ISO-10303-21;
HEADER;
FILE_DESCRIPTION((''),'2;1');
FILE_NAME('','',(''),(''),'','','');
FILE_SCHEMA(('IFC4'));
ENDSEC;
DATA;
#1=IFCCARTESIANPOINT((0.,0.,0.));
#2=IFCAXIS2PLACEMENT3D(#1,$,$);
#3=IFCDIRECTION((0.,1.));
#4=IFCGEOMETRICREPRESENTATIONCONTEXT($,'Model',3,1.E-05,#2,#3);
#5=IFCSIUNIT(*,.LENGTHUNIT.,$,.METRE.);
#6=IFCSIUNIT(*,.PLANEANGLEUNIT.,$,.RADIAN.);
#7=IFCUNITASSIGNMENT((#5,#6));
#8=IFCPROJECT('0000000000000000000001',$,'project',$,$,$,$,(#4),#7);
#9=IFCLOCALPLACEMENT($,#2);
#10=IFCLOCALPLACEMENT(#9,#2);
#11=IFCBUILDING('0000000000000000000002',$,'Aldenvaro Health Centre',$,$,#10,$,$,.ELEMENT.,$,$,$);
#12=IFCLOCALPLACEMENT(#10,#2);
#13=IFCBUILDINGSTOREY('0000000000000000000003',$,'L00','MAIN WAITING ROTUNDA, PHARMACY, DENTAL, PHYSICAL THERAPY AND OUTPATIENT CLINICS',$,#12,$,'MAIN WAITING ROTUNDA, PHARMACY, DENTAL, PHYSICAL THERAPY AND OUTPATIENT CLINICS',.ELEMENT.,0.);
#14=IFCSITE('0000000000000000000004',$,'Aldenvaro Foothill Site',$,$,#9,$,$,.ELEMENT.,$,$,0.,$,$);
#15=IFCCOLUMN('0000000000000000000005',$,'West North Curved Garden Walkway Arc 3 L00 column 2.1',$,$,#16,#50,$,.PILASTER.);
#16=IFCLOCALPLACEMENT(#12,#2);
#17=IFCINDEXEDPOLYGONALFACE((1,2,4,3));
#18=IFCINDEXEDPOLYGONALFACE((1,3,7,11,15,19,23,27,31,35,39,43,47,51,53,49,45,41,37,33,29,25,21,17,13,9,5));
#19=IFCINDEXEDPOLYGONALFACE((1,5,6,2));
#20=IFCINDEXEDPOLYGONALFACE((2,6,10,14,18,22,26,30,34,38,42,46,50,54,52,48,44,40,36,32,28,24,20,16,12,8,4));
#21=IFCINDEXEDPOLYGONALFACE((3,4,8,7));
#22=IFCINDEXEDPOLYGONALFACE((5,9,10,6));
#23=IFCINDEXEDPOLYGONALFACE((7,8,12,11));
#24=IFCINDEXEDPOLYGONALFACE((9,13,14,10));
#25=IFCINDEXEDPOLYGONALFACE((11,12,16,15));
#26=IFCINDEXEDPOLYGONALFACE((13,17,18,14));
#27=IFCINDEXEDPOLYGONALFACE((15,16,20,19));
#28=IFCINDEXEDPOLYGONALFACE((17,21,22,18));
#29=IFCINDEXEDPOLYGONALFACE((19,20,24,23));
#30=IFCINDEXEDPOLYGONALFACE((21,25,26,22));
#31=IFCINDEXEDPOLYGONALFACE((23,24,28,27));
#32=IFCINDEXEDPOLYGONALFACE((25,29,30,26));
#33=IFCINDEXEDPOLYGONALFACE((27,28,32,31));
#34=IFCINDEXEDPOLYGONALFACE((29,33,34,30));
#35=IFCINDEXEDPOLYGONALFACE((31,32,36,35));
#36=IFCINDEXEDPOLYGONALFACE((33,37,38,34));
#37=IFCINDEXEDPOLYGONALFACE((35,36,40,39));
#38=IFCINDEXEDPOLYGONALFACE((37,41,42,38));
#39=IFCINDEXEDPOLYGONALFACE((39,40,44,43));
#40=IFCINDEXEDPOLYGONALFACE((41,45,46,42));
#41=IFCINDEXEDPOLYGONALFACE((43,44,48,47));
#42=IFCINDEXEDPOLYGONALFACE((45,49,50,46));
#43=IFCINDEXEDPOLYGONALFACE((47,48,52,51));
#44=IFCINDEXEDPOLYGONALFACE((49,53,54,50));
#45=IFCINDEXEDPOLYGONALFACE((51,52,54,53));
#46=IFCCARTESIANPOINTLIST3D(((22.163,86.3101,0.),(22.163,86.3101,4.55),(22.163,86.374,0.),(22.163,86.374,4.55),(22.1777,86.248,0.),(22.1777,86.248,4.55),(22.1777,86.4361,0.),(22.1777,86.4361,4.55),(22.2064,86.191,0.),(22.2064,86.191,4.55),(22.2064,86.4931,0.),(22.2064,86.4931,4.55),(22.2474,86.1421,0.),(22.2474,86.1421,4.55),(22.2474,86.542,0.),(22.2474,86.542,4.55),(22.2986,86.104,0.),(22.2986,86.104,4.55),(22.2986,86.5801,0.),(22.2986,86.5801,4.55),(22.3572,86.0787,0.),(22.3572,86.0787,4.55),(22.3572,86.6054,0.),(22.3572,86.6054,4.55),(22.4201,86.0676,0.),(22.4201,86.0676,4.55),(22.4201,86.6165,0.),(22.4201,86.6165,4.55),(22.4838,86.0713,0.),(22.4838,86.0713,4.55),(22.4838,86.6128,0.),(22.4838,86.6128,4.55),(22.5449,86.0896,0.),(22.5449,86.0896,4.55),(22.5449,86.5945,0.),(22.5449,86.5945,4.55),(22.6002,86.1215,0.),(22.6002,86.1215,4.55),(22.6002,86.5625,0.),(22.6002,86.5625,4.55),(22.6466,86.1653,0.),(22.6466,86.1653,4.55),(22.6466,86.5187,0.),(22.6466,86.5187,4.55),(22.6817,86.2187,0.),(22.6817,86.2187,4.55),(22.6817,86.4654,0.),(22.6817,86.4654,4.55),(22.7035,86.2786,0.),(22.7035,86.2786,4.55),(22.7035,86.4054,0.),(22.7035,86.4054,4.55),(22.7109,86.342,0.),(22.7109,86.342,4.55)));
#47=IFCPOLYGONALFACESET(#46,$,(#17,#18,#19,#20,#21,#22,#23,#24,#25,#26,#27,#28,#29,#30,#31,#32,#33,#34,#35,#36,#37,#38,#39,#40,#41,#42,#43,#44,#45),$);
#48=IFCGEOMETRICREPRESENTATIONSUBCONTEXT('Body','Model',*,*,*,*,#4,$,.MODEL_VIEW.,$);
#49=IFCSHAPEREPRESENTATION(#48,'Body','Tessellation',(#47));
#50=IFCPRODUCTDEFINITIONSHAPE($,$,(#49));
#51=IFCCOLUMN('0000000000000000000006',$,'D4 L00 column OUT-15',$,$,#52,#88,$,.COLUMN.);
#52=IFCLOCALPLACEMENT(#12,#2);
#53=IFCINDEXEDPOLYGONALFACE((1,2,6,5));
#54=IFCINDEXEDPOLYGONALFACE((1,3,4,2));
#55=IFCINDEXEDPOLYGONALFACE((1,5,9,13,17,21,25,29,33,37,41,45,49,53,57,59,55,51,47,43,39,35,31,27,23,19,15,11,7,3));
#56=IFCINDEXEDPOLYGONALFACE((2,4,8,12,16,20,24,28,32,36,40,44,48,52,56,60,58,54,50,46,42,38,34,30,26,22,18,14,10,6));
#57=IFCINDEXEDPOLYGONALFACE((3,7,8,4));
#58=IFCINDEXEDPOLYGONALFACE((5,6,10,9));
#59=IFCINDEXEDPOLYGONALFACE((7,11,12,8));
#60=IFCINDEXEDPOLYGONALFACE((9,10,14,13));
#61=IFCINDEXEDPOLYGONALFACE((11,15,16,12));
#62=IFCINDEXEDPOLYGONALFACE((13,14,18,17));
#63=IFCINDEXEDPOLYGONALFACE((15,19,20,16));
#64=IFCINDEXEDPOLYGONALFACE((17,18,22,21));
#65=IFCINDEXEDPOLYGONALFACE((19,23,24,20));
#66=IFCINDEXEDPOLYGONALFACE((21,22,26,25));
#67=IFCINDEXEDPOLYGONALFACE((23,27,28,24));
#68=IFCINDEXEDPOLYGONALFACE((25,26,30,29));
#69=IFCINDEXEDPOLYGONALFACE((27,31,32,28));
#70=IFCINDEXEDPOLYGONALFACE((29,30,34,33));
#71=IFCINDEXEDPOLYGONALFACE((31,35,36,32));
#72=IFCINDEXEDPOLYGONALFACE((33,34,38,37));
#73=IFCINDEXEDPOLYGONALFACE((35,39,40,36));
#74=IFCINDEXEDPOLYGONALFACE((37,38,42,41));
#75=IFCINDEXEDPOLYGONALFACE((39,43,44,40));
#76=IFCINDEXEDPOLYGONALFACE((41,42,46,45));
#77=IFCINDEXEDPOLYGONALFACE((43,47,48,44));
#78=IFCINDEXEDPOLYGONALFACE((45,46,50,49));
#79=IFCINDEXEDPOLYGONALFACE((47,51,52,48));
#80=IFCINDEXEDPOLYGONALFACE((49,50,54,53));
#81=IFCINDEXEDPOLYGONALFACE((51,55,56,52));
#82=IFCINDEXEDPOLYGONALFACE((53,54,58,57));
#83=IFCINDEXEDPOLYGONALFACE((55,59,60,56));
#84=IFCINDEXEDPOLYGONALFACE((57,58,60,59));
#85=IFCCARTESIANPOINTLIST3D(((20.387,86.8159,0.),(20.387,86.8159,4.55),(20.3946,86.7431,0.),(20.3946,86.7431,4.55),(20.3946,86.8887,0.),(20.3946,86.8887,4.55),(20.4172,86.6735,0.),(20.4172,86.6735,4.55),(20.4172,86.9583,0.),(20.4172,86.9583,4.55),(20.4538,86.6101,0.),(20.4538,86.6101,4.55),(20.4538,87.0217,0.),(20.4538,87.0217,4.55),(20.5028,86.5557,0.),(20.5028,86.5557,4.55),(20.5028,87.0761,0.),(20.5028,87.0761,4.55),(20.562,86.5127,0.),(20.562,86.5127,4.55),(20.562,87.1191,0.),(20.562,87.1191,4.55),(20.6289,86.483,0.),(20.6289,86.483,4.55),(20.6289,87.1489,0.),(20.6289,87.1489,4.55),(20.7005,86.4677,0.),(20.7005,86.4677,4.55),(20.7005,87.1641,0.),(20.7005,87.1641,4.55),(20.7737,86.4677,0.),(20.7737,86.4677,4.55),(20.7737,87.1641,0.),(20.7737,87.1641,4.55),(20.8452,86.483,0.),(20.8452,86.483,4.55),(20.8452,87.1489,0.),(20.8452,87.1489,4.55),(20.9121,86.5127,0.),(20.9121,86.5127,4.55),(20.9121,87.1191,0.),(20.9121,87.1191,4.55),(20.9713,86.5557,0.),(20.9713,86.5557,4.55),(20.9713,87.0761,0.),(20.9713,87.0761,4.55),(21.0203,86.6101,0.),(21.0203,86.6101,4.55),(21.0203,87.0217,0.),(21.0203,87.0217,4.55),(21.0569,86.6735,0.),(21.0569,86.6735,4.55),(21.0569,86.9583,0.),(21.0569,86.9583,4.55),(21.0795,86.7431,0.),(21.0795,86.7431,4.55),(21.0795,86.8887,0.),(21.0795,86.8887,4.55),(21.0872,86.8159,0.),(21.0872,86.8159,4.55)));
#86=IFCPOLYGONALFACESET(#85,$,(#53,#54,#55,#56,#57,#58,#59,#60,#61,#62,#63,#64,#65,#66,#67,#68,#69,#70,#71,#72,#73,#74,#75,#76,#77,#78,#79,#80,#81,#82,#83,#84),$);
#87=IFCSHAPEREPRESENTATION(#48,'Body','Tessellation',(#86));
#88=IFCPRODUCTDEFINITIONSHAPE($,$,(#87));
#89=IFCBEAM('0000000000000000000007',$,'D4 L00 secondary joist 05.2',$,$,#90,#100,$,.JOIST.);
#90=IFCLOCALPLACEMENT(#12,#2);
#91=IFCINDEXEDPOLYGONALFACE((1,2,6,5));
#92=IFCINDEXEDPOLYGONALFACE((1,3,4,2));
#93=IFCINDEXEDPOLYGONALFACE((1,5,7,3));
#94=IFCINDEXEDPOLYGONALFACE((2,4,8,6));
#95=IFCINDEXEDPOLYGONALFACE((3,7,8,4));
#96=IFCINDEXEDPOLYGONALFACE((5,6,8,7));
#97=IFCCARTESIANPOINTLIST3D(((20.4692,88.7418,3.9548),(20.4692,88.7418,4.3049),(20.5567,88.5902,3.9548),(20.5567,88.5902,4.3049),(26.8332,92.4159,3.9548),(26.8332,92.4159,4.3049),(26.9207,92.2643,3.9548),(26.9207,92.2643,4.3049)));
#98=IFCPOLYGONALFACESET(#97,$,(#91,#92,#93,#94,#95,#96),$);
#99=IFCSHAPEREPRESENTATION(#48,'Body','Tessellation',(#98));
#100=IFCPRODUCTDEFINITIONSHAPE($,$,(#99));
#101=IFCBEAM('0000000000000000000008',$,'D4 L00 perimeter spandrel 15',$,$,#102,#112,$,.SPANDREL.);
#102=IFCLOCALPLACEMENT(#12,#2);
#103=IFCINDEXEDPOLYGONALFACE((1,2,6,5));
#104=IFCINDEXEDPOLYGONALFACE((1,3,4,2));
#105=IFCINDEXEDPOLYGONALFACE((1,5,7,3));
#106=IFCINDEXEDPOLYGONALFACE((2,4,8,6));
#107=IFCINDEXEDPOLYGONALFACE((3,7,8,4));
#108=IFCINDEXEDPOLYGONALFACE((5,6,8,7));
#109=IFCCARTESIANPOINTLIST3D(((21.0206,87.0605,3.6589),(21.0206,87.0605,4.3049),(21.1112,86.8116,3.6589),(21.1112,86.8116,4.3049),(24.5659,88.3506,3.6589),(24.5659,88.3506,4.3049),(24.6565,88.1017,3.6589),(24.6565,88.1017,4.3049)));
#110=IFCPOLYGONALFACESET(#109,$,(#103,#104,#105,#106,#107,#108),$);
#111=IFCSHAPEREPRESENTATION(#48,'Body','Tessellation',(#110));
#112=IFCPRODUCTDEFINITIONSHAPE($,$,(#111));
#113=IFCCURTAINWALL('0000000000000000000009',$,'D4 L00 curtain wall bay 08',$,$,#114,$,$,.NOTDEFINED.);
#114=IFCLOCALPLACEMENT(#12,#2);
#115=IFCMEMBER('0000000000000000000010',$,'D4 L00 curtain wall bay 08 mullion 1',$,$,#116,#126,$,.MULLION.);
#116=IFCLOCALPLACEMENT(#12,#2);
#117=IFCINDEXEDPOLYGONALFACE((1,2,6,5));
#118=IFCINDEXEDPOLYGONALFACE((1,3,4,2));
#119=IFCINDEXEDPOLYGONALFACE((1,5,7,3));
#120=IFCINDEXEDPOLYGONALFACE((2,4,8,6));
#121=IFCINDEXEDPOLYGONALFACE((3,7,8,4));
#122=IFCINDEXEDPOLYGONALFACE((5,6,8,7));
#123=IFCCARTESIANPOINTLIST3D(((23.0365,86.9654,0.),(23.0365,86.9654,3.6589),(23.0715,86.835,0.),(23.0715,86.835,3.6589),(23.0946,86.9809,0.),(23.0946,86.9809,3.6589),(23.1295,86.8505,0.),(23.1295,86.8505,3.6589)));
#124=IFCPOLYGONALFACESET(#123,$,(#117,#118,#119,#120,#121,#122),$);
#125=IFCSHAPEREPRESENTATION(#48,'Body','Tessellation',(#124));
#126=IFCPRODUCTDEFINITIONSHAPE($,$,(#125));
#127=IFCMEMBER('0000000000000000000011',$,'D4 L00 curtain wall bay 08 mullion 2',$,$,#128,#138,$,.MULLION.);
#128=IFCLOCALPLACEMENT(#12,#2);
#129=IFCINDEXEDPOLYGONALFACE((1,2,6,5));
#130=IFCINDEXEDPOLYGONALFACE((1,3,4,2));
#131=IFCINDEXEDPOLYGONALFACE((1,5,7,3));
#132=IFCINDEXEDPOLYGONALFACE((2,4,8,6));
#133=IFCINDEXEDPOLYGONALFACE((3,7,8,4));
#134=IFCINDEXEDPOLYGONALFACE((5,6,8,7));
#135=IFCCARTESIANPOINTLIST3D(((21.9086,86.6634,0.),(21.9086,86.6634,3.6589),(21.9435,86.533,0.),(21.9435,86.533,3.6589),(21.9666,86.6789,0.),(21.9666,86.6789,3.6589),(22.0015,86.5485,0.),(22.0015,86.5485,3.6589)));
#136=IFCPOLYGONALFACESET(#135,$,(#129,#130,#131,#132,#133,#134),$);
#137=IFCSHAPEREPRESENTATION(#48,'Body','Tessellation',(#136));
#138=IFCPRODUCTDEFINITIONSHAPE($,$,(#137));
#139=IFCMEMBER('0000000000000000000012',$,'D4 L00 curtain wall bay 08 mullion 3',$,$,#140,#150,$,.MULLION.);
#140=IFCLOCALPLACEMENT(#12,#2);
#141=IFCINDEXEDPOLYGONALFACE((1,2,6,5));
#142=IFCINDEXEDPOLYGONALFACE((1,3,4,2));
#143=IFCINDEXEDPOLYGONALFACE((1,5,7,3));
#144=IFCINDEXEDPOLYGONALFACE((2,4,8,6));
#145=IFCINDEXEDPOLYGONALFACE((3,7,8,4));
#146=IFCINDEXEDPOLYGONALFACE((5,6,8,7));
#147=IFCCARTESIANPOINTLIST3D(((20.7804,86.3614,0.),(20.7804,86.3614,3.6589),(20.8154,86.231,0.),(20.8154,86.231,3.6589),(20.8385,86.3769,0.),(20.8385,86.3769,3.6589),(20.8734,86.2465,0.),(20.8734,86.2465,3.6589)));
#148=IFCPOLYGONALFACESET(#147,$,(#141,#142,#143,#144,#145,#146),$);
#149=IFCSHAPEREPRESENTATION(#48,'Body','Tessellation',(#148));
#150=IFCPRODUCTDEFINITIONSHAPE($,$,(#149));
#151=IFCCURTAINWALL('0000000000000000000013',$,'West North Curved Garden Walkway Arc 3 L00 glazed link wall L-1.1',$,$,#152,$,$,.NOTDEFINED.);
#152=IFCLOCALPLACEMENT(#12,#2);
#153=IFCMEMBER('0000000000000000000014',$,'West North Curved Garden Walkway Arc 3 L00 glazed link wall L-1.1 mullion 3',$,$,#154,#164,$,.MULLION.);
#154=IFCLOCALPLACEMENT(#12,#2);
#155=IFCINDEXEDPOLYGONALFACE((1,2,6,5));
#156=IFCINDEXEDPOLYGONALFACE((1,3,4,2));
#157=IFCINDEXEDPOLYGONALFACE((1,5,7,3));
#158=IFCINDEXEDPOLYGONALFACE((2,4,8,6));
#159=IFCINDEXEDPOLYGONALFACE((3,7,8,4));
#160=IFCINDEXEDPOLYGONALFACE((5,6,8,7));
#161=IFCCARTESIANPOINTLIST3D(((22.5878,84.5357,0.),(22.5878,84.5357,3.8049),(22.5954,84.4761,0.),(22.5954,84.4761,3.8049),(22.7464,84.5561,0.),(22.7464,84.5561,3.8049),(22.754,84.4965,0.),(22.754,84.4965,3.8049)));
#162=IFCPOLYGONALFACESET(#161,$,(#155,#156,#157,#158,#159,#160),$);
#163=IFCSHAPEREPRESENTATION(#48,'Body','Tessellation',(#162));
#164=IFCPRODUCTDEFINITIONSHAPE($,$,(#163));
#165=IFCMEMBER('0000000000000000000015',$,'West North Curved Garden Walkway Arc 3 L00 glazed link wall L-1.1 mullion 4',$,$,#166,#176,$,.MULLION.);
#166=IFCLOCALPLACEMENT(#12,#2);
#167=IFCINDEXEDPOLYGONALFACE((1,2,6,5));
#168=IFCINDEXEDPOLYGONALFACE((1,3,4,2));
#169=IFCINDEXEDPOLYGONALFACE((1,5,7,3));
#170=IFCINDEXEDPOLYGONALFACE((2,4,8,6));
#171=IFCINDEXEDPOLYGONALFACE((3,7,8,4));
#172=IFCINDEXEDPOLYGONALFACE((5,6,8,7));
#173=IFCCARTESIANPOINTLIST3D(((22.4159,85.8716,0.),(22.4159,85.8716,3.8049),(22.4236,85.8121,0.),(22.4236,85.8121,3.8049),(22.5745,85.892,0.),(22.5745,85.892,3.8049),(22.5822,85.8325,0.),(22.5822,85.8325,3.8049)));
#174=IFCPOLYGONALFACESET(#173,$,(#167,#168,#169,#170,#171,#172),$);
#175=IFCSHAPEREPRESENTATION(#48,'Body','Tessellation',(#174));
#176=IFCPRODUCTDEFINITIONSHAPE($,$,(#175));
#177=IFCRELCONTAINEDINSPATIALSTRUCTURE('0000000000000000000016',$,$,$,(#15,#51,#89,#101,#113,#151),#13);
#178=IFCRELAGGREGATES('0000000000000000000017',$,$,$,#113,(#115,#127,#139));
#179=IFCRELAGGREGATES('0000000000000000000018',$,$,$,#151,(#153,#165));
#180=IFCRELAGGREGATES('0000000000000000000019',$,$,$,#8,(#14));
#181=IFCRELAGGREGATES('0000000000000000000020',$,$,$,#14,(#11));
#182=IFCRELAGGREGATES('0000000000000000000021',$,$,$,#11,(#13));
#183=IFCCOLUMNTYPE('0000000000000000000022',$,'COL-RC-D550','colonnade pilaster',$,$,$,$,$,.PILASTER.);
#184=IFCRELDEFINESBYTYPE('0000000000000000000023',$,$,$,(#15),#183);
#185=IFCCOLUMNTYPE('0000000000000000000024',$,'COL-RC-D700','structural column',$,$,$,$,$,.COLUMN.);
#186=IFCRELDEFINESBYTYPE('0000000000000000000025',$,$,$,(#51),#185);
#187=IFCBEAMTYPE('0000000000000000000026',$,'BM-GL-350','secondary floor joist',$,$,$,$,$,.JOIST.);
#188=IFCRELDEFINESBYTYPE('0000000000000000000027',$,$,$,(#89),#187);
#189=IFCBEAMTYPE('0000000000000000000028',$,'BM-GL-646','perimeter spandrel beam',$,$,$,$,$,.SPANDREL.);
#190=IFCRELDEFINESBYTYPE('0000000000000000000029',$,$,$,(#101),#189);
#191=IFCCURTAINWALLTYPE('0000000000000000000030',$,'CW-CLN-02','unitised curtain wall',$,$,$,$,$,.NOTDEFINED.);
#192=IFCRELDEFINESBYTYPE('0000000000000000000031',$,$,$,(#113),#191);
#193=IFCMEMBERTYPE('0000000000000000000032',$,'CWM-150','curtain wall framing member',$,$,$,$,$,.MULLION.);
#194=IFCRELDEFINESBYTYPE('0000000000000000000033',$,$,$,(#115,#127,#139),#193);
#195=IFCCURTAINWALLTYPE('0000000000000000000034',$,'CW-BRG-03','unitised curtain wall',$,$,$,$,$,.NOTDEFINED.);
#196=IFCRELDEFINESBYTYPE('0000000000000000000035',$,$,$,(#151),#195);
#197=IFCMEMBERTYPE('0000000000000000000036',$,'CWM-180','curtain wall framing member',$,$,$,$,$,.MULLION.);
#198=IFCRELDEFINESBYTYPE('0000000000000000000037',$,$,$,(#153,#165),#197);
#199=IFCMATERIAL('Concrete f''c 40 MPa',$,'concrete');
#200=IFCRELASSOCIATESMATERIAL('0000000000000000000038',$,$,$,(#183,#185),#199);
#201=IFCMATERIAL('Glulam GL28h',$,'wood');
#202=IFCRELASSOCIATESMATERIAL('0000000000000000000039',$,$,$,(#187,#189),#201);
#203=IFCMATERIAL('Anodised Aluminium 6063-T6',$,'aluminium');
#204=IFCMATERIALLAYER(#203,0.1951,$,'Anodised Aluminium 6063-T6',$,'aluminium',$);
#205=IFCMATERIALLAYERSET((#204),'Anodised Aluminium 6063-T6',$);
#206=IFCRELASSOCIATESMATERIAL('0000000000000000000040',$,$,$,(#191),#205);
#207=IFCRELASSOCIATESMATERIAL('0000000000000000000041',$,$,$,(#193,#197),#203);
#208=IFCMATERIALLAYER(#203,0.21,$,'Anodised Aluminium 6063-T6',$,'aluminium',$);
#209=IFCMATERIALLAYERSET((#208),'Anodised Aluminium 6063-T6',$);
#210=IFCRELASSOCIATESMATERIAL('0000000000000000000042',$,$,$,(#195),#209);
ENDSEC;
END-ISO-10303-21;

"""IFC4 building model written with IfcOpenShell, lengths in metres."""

from ifc_helpers import new_model, si_unit, direction, frame, origin, origin_2d, place, context, subcontext, project, spatial, rectangle, circle, extrude, material, layer, layer_set, material_profile, profile_set, type_object, element, aggregate, save


model = new_model("IFC4")

# Units and contexts
model_context = context("Model", 3, precision=1e-05, world=origin(), true_north=direction((0.0, 1.0)))
body_context = subcontext(model_context, "Body", "Model", "MODEL_VIEW")
ifc_project = project(units=[si_unit("LENGTHUNIT", "METRE"), si_unit("PLANEANGLEUNIT", "RADIAN")], contexts=[model_context])

# Site, building, storey
site_placement = place(None, origin())
site = spatial("IfcSite", under=ifc_project, at=site_placement, Name="Aldenvaro Foothill Site", CompositionType="ELEMENT", RefElevation=0.0)
building_placement = place(site_placement, origin())
building = spatial("IfcBuilding", under=site, at=building_placement, Name="Aldenvaro Health Centre", CompositionType="ELEMENT")
storey_placement = place(building_placement, origin())
storey = spatial("IfcBuildingStorey", under=building, at=storey_placement, Name="L00", Description="MAIN WAITING ROTUNDA, PHARMACY, DENTAL, PHYSICAL THERAPY AND OUTPATIENT CLINICS", LongName="MAIN WAITING ROTUNDA, PHARMACY, DENTAL, PHYSICAL THERAPY AND OUTPATIENT CLINICS", CompositionType="ELEMENT", Elevation=0.0)

# Columns
ifc_material_1 = material(Name="Concrete f'c 40 MPa", Category="concrete")
ifc_material_profile_1 = material_profile(ifc_material_1, circle(Radius=0.2749, at=origin_2d()), Name="RC D550", Category="concrete")
ifc_profile_set_1 = profile_set([ifc_material_profile_1], Name="Concrete f'c 40 MPa")
column_type_1 = type_object("IfcColumnType", Name="COL-RC-D550", Description="colonnade pilaster", PredefinedType="PILASTER", material=ifc_profile_set_1)
column_1_placement = place(storey_placement, frame((22.436, 86.342, 0.0), z_axis=(0.0, 0.0, 1.0), x_axis=(1.0, 0.0, 0.0)))
element("IfcColumn", 1, at=column_1_placement, inside=storey, type_object=column_type_1, Name="West North Curved Garden Walkway Arc 3 L00 column 2.1", PredefinedType="PILASTER", context=body_context, shape_type="SweptSolid", body=[
    extrude(circle(Radius=0.2749, at=origin_2d()), origin(), (0.0, 0.0, 1.0), 4.55),
])
ifc_material_profile_2 = material_profile(ifc_material_1, circle(Radius=0.3501, at=origin_2d()), Name="RC D700", Category="concrete")
ifc_profile_set_2 = profile_set([ifc_material_profile_2], Name="Concrete f'c 40 MPa")
column_type_2 = type_object("IfcColumnType", Name="COL-RC-D700", Description="structural column", PredefinedType="COLUMN", material=ifc_profile_set_2)
column_2_placement = place(storey_placement, frame((20.7371, 86.8159, 0.0), z_axis=(0.0, 0.0, 1.0), x_axis=(1.0, 0.0, 0.0)))
element("IfcColumn", 2, at=column_2_placement, inside=storey, type_object=column_type_2, Name="D4 L00 column OUT-15", PredefinedType="COLUMN", context=body_context, shape_type="SweptSolid", body=[
    extrude(circle(Radius=0.3501, at=origin_2d()), origin(), (0.0, 0.0, 1.0), 4.55),
])

# Beams
ifc_material_2 = material(Name="Glulam GL28h", Category="wood")
ifc_material_profile_3 = material_profile(ifc_material_2, rectangle(XDim=0.175, YDim=0.3501, at=origin_2d()), Name="GL 175x350", Category="wood")
ifc_profile_set_3 = profile_set([ifc_material_profile_3], Name="Glulam GL28h")
beam_type_1 = type_object("IfcBeamType", Name="BM-GL-350", Description="secondary floor joist", PredefinedType="JOIST", material=ifc_profile_set_3)
beam_1_placement = place(storey_placement, frame((20.5129, 88.666, 4.1299), z_axis=(0.866037, 0.49998, 0.0), x_axis=(-0.49998, 0.866037, 0.0)))
element("IfcBeam", 3, at=beam_1_placement, inside=storey, type_object=beam_type_1, Name="D4 L00 secondary joist 05.2", PredefinedType="JOIST", context=body_context, shape_type="SweptSolid", body=[
    extrude(rectangle(XDim=0.175, YDim=0.3501, at=origin_2d()), origin(), (0.0, 0.0, 1.0), 7.3484),
])
ifc_material_profile_4 = material_profile(ifc_material_2, rectangle(XDim=0.2649, YDim=0.646, at=origin_2d()), Name="GL 265x646", Category="wood")
ifc_profile_set_4 = profile_set([ifc_material_profile_4], Name="Glulam GL28h")
beam_type_2 = type_object("IfcBeamType", Name="BM-GL-646", Description="perimeter spandrel beam", PredefinedType="SPANDREL", material=ifc_profile_set_4)
beam_2_placement = place(storey_placement, frame((21.0659, 86.936, 3.9819), z_axis=(0.939718, 0.341951, 0.0), x_axis=(-0.341951, 0.939718, 0.0)))
element("IfcBeam", 4, at=beam_2_placement, inside=storey, type_object=beam_type_2, Name="D4 L00 perimeter spandrel 15", PredefinedType="SPANDREL", context=body_context, shape_type="SweptSolid", body=[
    extrude(rectangle(XDim=0.2649, YDim=0.646, at=origin_2d()), origin(), (0.0, 0.0, 1.0), 3.7727),
])

# Curtain walls, members
ifc_material_3 = material(Name="Anodised Aluminium 6063-T6", Category="aluminium")
ifc_layer_1 = layer(ifc_material_3, 0.1951, Name="Anodised Aluminium 6063-T6", Category="aluminium")
ifc_layer_set_1 = layer_set([ifc_layer_1], Name="Anodised Aluminium 6063-T6")
curtain_wall_type_1 = type_object("IfcCurtainWallType", Name="CW-CLN-02", Description="unitised curtain wall", PredefinedType="NOTDEFINED", material=ifc_layer_set_1)
curtain_wall_1_placement = place(storey_placement, origin())
curtain_wall_1 = element("IfcCurtainWall", 5, at=curtain_wall_1_placement, inside=storey, type_object=curtain_wall_type_1, Name="D4 L00 curtain wall bay 08", PredefinedType="NOTDEFINED")
ifc_material_profile_5 = material_profile(ifc_material_3, rectangle(XDim=0.0601, YDim=0.135, at=origin_2d()), Name="ALU 60x135", Category="aluminium")
ifc_profile_set_5 = profile_set([ifc_material_profile_5], Name="Anodised Aluminium 6063-T6")
member_type_1 = type_object("IfcMemberType", Name="CWM-150", Description="curtain wall framing member", PredefinedType="MULLION", material=ifc_profile_set_5)
member_1_placement = place(storey_placement, frame((23.083, 86.908, 0.0), z_axis=(0.0, 0.0, 1.0), x_axis=(-0.965979, -0.258622, 0.0)))
member_1 = element("IfcMember", 6, at=member_1_placement, type_object=member_type_1, Name="D4 L00 curtain wall bay 08 mullion 1", PredefinedType="MULLION", context=body_context, shape_type="SweptSolid", body=[
    extrude(rectangle(XDim=0.0601, YDim=0.135, at=origin_2d()), origin(), (0.0, 0.0, 1.0), 3.6589),
])
member_2_placement = place(storey_placement, frame((21.9551, 86.606, 0.0), z_axis=(0.0, 0.0, 1.0), x_axis=(-0.965979, -0.258622, 0.0)))
member_2 = element("IfcMember", 7, at=member_2_placement, type_object=member_type_1, Name="D4 L00 curtain wall bay 08 mullion 2", PredefinedType="MULLION", context=body_context, shape_type="SweptSolid", body=[
    extrude(rectangle(XDim=0.0601, YDim=0.135, at=origin_2d()), origin(), (0.0, 0.0, 1.0), 3.6589),
])
member_3_placement = place(storey_placement, frame((20.8269, 86.304, 0.0), z_axis=(0.0, 0.0, 1.0), x_axis=(-0.965979, -0.258622, 0.0)))
member_3 = element("IfcMember", 8, at=member_3_placement, type_object=member_type_1, Name="D4 L00 curtain wall bay 08 mullion 3", PredefinedType="MULLION", context=body_context, shape_type="SweptSolid", body=[
    extrude(rectangle(XDim=0.0601, YDim=0.135, at=origin_2d()), origin(), (0.0, 0.0, 1.0), 3.6589),
])
ifc_layer_2 = layer(ifc_material_3, 0.21, Name="Anodised Aluminium 6063-T6", Category="aluminium")
ifc_layer_set_2 = layer_set([ifc_layer_2], Name="Anodised Aluminium 6063-T6")
curtain_wall_type_2 = type_object("IfcCurtainWallType", Name="CW-BRG-03", Description="unitised curtain wall", PredefinedType="NOTDEFINED", material=ifc_layer_set_2)
curtain_wall_2_placement = place(storey_placement, origin())
curtain_wall_2 = element("IfcCurtainWall", 9, at=curtain_wall_2_placement, inside=storey, type_object=curtain_wall_type_2, Name="West North Curved Garden Walkway Arc 3 L00 glazed link wall L-1.1", PredefinedType="NOTDEFINED")
ifc_material_profile_6 = material_profile(ifc_material_3, rectangle(XDim=0.0601, YDim=0.1599, at=origin_2d()), Name="ALU 60x160", Category="aluminium")
ifc_profile_set_6 = profile_set([ifc_material_profile_6], Name="Anodised Aluminium 6063-T6")
member_type_2 = type_object("IfcMemberType", Name="CWM-180", Description="curtain wall framing member", PredefinedType="MULLION", material=ifc_profile_set_6)
member_4_placement = place(storey_placement, frame((22.6709, 84.5161, 0.0), z_axis=(0.0, 0.0, 1.0), x_axis=(-0.12772, 0.99181, 0.0)))
member_4 = element("IfcMember", 10, at=member_4_placement, type_object=member_type_2, Name="West North Curved Garden Walkway Arc 3 L00 glazed link wall L-1.1 mullion 3", PredefinedType="MULLION", context=body_context, shape_type="SweptSolid", body=[
    extrude(rectangle(XDim=0.0601, YDim=0.1599, at=origin_2d()), origin(), (0.0, 0.0, 1.0), 3.8049),
])
member_5_placement = place(storey_placement, frame((22.499, 85.8521, 0.0), z_axis=(0.0, 0.0, 1.0), x_axis=(-0.12772, 0.99181, 0.0)))
member_5 = element("IfcMember", 11, at=member_5_placement, type_object=member_type_2, Name="West North Curved Garden Walkway Arc 3 L00 glazed link wall L-1.1 mullion 4", PredefinedType="MULLION", context=body_context, shape_type="SweptSolid", body=[
    extrude(rectangle(XDim=0.0601, YDim=0.1599, at=origin_2d()), origin(), (0.0, 0.0, 1.0), 3.8049),
])

aggregate(curtain_wall_1, [member_1, member_2, member_3])
aggregate(curtain_wall_2, [member_4, member_5])

save(model, "model.ifc")
